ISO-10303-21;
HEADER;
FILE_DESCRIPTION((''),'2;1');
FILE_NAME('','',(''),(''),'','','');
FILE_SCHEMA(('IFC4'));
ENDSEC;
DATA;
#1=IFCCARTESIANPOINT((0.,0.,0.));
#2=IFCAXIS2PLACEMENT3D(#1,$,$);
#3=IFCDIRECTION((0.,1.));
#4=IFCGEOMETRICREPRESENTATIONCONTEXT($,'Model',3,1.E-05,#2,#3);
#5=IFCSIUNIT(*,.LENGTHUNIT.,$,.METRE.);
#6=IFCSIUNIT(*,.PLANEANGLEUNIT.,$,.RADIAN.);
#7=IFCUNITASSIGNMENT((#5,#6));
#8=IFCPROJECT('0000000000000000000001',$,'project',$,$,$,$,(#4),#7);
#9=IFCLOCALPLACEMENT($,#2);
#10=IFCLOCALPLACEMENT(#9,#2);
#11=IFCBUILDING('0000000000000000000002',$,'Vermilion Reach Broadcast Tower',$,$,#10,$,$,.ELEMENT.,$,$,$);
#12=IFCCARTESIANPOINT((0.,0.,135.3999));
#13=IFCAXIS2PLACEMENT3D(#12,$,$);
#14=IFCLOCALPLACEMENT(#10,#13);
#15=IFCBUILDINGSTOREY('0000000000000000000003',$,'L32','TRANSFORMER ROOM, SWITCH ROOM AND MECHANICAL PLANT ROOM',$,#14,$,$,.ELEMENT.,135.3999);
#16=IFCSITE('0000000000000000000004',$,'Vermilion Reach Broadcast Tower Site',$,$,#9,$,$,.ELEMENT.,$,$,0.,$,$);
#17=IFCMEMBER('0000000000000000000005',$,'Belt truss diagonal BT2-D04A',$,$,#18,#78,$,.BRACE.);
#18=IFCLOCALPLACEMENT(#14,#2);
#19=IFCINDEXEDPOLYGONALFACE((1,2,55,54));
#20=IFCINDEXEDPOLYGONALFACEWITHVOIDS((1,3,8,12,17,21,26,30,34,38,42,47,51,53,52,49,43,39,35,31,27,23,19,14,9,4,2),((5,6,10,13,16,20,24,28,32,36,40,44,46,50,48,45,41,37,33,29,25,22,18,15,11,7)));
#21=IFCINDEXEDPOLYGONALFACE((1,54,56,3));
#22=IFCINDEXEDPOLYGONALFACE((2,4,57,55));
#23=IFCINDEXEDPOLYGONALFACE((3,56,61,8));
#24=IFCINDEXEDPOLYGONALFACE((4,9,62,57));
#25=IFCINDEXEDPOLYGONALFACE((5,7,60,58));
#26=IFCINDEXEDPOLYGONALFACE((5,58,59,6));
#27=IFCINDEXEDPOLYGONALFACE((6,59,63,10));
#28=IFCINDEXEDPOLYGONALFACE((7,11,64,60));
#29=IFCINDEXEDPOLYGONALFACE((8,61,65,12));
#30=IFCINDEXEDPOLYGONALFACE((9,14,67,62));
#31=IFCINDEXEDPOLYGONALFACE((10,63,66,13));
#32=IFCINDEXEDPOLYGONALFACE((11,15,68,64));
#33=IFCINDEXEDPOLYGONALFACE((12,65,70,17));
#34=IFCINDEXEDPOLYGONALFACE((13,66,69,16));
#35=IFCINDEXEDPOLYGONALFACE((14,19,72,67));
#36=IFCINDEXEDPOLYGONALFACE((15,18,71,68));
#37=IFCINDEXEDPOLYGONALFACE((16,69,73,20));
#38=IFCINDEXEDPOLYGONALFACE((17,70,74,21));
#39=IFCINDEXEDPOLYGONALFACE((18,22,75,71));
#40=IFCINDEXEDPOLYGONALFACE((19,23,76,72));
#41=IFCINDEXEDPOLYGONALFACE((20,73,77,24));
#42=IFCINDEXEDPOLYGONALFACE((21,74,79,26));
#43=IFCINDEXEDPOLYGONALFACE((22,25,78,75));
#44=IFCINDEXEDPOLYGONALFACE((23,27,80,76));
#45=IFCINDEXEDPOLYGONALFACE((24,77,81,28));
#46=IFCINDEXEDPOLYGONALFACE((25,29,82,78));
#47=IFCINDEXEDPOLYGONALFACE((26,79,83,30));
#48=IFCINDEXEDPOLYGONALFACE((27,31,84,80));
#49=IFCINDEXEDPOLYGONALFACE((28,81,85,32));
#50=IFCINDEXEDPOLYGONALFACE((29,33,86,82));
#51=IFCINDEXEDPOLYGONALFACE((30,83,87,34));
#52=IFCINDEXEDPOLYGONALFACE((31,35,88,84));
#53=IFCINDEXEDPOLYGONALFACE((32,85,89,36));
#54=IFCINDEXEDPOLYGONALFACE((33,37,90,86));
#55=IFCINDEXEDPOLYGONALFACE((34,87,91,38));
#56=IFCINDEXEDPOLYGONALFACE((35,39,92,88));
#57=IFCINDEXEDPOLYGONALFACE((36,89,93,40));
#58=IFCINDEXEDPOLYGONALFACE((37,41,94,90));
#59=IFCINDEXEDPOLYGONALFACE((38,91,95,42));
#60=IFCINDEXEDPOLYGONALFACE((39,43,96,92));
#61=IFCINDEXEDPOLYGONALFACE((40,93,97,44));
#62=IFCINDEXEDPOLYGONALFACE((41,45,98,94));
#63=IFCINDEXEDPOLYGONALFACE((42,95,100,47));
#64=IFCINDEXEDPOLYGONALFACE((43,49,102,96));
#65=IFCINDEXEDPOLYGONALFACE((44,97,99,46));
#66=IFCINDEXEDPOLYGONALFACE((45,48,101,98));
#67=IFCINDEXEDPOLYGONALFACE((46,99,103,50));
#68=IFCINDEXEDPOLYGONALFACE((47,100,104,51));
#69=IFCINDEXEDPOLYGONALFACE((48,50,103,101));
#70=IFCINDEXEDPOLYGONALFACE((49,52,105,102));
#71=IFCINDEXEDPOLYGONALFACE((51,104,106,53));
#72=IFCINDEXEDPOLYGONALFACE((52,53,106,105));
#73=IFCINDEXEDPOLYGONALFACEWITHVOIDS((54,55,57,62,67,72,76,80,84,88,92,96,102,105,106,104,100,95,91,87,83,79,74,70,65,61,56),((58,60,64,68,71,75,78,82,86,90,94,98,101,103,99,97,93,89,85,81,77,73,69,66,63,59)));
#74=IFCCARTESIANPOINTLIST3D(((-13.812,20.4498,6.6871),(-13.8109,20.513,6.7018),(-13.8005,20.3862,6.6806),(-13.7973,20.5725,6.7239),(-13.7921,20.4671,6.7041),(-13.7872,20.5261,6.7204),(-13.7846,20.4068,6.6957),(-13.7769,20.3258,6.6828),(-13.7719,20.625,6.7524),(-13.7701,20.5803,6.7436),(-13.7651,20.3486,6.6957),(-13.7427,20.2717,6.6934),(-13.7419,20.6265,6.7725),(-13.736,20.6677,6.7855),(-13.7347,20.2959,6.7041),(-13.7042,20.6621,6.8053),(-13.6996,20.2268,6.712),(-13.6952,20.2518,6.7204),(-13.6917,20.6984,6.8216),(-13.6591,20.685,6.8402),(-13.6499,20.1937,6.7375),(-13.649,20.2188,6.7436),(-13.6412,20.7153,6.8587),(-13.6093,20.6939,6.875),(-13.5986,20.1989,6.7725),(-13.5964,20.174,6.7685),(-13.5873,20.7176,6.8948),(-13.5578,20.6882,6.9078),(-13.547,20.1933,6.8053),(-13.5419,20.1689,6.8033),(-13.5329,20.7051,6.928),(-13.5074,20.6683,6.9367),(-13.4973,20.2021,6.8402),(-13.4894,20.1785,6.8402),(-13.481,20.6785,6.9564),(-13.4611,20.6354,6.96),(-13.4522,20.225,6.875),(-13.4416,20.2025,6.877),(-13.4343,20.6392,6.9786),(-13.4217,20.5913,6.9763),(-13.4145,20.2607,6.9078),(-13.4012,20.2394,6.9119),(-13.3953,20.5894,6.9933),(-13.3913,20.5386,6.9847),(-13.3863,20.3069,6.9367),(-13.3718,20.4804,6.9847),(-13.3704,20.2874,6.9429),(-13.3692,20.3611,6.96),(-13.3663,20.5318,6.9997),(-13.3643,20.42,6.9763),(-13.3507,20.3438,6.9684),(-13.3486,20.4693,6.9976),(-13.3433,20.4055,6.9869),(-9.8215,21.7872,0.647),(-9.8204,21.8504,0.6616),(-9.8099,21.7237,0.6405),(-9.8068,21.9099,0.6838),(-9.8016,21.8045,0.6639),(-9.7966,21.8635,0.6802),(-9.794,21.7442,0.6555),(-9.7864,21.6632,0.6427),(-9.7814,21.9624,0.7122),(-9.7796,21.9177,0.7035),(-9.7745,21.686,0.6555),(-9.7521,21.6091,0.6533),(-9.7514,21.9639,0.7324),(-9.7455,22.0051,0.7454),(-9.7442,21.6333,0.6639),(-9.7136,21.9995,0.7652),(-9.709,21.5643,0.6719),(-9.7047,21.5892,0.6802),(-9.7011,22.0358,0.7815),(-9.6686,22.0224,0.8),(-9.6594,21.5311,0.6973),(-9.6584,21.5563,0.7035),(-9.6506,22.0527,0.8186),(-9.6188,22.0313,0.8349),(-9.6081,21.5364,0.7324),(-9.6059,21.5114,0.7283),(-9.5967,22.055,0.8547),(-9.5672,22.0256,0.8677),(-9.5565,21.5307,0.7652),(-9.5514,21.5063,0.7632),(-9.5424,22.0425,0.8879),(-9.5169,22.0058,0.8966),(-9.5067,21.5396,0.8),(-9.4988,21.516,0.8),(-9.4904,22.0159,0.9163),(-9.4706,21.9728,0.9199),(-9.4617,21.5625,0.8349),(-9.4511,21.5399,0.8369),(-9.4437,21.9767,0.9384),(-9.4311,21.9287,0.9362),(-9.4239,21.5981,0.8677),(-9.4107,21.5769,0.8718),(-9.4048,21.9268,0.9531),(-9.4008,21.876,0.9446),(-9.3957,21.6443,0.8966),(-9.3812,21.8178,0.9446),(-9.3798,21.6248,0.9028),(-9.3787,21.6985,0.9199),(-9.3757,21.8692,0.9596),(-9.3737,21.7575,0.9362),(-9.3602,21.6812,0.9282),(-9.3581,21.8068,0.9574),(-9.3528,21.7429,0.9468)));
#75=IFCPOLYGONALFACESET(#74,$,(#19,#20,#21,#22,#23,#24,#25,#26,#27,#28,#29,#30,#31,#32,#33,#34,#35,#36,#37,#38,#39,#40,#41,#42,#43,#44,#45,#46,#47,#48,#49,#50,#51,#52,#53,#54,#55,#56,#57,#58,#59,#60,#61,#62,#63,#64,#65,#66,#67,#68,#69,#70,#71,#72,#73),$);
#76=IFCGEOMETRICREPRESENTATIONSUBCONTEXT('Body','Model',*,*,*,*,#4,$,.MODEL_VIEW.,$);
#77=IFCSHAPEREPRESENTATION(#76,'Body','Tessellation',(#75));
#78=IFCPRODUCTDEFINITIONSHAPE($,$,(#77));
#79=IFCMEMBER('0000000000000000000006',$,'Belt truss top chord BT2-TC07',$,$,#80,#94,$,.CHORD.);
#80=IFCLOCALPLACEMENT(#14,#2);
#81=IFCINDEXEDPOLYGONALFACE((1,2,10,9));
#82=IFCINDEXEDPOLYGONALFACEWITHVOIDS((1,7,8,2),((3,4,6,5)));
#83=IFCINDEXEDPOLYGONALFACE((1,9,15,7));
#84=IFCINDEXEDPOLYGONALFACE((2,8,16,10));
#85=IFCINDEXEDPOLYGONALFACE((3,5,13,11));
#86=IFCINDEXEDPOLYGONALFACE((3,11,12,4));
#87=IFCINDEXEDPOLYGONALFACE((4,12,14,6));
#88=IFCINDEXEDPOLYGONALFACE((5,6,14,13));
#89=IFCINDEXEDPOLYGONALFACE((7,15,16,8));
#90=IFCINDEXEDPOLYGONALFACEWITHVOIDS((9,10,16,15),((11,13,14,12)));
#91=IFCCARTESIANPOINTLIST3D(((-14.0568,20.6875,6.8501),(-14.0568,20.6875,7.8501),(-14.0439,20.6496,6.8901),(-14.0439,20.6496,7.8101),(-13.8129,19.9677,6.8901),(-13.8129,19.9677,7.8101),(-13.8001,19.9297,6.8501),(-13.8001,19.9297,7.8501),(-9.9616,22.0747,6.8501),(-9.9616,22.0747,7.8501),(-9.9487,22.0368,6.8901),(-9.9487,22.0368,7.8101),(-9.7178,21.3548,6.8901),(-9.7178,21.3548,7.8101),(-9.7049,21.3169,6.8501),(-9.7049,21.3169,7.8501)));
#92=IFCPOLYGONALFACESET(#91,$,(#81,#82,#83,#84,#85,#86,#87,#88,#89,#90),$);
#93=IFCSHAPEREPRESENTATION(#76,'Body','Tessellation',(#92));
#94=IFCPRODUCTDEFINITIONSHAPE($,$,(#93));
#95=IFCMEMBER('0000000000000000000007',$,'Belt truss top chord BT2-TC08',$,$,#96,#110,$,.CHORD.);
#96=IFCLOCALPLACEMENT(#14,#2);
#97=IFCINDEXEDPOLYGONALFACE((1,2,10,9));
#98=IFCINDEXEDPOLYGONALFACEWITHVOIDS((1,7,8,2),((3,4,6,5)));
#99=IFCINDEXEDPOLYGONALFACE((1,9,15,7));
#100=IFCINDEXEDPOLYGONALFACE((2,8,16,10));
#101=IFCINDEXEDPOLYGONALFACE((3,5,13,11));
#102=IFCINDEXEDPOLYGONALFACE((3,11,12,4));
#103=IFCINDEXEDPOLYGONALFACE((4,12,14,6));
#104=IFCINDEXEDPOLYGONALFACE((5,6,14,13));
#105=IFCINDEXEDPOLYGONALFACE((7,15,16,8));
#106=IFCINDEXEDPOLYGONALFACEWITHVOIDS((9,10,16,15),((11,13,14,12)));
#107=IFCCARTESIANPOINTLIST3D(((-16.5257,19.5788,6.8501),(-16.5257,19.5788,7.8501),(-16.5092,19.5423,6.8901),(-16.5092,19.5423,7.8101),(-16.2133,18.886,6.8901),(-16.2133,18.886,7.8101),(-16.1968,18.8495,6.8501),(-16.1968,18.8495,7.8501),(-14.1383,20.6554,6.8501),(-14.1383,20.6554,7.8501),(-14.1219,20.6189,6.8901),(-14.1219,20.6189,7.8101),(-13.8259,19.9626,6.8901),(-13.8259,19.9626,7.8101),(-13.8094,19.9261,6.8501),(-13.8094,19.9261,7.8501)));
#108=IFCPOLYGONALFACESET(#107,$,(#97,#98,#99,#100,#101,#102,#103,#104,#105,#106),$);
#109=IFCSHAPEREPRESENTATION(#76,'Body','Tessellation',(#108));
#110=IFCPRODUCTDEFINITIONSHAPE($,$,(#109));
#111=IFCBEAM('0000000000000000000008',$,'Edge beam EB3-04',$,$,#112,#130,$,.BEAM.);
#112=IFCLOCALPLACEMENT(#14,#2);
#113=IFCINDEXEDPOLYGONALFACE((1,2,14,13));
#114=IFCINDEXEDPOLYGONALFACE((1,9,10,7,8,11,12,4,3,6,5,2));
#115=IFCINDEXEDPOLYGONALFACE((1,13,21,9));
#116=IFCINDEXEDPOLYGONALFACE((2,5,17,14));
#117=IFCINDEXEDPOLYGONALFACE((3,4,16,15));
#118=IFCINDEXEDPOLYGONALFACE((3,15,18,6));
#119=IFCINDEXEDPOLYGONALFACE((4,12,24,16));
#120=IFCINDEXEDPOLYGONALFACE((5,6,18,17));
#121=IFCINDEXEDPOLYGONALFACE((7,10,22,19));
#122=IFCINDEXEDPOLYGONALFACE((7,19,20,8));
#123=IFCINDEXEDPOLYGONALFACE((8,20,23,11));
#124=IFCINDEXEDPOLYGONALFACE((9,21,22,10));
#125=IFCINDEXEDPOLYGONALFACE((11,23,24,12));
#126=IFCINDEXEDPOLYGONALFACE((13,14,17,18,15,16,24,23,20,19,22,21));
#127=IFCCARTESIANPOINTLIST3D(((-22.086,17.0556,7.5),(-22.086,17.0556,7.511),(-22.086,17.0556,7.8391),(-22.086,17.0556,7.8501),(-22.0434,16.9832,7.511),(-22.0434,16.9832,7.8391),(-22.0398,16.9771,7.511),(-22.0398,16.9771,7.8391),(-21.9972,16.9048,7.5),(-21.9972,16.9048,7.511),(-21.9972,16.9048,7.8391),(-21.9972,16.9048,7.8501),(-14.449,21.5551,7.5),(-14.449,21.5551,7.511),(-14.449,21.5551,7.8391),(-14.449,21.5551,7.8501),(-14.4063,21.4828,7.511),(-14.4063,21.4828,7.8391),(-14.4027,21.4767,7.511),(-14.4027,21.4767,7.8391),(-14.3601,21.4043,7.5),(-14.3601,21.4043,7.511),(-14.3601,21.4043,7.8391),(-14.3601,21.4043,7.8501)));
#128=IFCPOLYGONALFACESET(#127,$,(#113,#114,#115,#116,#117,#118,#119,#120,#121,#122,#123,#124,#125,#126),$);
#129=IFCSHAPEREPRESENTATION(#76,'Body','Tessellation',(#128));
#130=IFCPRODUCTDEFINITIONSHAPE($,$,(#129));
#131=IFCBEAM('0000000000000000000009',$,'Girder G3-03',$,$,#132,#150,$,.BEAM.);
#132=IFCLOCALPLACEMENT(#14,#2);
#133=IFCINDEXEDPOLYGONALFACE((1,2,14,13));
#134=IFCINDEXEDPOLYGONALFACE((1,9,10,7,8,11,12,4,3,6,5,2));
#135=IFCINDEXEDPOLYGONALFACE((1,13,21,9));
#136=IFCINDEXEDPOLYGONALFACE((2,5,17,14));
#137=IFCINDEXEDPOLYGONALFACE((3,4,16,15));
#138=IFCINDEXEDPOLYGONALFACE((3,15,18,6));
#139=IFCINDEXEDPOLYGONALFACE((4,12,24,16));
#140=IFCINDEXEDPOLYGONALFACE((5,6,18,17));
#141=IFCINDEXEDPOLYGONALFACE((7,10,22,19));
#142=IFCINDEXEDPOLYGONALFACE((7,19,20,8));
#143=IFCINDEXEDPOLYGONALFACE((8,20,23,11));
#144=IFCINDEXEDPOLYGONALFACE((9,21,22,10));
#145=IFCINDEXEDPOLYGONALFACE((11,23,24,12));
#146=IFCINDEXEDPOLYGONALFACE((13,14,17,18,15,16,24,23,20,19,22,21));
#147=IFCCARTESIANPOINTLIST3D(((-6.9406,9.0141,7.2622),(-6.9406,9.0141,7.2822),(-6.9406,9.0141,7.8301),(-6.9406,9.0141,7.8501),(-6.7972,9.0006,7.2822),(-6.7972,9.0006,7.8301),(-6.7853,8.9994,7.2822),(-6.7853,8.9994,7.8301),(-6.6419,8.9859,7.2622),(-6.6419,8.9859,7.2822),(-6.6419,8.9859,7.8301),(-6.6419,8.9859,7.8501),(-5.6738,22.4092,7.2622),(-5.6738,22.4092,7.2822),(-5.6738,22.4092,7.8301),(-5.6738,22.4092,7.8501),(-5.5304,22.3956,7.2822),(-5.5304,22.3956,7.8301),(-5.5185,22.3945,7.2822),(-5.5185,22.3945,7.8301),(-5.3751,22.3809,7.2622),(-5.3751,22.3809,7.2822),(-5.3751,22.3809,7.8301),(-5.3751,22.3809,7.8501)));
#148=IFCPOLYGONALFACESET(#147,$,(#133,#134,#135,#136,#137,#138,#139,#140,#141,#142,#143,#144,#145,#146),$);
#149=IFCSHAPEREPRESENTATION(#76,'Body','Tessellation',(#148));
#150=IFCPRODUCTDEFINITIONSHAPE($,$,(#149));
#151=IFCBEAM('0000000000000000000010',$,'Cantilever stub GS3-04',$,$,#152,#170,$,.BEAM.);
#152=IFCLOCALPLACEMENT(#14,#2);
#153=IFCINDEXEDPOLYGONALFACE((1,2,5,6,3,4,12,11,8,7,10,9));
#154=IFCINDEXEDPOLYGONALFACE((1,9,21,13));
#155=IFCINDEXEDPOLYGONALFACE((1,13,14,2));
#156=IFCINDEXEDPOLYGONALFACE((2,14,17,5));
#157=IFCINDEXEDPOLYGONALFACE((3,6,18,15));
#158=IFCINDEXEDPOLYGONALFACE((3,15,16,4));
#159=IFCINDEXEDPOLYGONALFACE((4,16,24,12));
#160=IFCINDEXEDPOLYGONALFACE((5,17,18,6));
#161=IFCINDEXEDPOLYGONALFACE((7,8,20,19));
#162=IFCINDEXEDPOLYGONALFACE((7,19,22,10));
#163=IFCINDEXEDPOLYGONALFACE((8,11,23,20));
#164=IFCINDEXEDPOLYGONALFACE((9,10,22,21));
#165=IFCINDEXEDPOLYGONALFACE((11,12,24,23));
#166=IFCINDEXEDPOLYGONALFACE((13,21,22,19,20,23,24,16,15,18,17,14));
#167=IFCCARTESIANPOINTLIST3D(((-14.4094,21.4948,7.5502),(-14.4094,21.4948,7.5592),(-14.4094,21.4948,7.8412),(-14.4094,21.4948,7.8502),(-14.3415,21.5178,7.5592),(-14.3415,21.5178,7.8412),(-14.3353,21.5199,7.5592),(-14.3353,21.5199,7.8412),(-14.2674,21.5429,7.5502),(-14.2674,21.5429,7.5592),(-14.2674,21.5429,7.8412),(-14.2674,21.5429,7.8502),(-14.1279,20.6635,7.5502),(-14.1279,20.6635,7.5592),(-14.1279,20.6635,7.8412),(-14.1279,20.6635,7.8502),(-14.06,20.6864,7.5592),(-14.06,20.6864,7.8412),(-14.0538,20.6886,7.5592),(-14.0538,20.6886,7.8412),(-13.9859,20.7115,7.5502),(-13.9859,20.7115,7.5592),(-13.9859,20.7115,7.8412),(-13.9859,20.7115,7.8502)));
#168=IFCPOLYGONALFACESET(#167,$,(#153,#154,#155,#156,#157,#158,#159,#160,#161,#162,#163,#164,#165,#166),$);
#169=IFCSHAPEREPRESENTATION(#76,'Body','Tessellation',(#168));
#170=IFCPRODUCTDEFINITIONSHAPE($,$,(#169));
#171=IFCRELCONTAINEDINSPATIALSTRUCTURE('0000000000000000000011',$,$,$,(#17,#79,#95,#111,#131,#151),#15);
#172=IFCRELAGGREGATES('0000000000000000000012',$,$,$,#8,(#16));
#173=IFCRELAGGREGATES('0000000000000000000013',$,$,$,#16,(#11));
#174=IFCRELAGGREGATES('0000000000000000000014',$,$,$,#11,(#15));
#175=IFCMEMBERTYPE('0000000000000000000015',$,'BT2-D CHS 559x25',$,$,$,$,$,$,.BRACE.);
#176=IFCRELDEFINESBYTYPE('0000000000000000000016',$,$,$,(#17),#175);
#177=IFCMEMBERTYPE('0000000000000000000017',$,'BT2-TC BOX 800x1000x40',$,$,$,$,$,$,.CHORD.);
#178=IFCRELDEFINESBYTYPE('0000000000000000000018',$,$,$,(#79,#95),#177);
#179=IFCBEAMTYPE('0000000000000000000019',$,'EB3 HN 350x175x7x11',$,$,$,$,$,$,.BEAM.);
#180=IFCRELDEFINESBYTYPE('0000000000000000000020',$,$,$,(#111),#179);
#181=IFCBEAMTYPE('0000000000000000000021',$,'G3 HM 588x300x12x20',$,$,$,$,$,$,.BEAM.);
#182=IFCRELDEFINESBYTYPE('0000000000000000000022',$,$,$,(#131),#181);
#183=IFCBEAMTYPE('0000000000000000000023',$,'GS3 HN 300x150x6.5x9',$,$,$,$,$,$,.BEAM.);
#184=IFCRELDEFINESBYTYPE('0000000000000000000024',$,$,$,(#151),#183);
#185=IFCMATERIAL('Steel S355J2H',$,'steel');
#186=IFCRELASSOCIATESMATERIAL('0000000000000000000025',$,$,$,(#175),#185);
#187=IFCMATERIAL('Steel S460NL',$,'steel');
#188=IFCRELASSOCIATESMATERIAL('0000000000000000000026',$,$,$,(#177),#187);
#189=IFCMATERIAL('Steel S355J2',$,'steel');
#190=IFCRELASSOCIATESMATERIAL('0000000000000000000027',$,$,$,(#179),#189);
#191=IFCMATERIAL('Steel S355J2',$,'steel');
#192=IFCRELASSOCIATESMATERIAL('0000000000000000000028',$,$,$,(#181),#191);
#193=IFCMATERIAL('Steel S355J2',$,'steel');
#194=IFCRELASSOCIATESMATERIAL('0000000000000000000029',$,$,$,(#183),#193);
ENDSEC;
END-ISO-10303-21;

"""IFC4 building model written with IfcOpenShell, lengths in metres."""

from ifc_helpers import new_model, si_unit, direction, frame, origin, origin_2d, place, context, subcontext, project, spatial, hollow_rectangle, hollow_circle, i_section, extrude, material, material_profile, profile_set, type_object, element, save


model = new_model("IFC4")

# Units and contexts
model_context = context("Model", 3, precision=1e-05, world=origin(), true_north=direction((0.0, 1.0)))
body_context = subcontext(model_context, "Body", "Model", "MODEL_VIEW")
ifc_project = project(units=[si_unit("LENGTHUNIT", "METRE"), si_unit("PLANEANGLEUNIT", "RADIAN")], contexts=[model_context])

# Site, building, storey
site_placement = place(None, origin())
site = spatial("IfcSite", under=ifc_project, at=site_placement, Name="Vermilion Reach Broadcast Tower Site", CompositionType="ELEMENT", RefElevation=0.0)
building_placement = place(site_placement, origin())
building = spatial("IfcBuilding", under=site, at=building_placement, Name="Vermilion Reach Broadcast Tower", CompositionType="ELEMENT")
storey_placement = place(building_placement, frame((0.0, 0.0, 135.3999)))
storey = spatial("IfcBuildingStorey", under=building, at=storey_placement, Name="L32", Description="TRANSFORMER ROOM, SWITCH ROOM AND MECHANICAL PLANT ROOM", CompositionType="ELEMENT", Elevation=135.3999)

# Members
ifc_material_1 = material(Name="Steel S355J2H", Category="steel")
ifc_material_profile_1 = material_profile(ifc_material_1, hollow_circle(Radius=0.2795, WallThickness=0.0249, at=origin_2d()), Name="S355J2H CHS 559x25")
ifc_profile_set_1 = profile_set([ifc_material_profile_1], Name="Steel S355J2H")
member_type_1 = type_object("IfcMemberType", Name="BT2-D CHS 559x25", PredefinedType="BRACE", material=ifc_profile_set_1)
member_1_placement = place(storey_placement, frame((-9.5876, 21.781, 0.8), z_axis=(-0.542059, -0.18167, 0.820468), x_axis=(0.317776, -0.948166, 0.0)))
element("IfcMember", 1, at=member_1_placement, inside=storey, type_object=member_type_1, Name="Belt truss diagonal BT2-D04A", PredefinedType="BRACE", context=body_context, shape_type="SweptSolid", body=[
    extrude(hollow_circle(Radius=0.2795, WallThickness=0.0249, at=origin_2d()), origin(), (0.0, 0.0, 1.0), 7.3618),
])
ifc_material_2 = material(Name="Steel S460NL", Category="steel")
ifc_material_profile_2 = material_profile(ifc_material_2, hollow_rectangle(XDim=0.8, YDim=1.0, WallThickness=0.04, at=origin_2d()), Name="S460NL BOX 800x1000x40")
ifc_profile_set_2 = profile_set([ifc_material_profile_2], Name="Steel S460NL")
member_type_2 = type_object("IfcMemberType", Name="BT2-TC BOX 800x1000x40", PredefinedType="CHORD", material=ifc_profile_set_2)
member_2_placement = place(storey_placement, frame((-9.8333, 21.6958, 7.3501), z_axis=(-0.947136, -0.320832, 0.0), x_axis=(0.320832, -0.947136, 0.0)))
element("IfcMember", 2, at=member_2_placement, inside=storey, type_object=member_type_2, Name="Belt truss top chord BT2-TC07", PredefinedType="CHORD", context=body_context, shape_type="SweptSolid", body=[
    extrude(hollow_rectangle(XDim=0.8, YDim=1.0, WallThickness=0.04, at=origin_2d()), origin(), (0.0, 0.0, 1.0), 4.3237),
])
member_3_placement = place(storey_placement, frame((-13.9739, 20.2908, 7.3501), z_axis=(-0.911592, -0.411097, 0.0), x_axis=(0.411097, -0.911592, 0.0)))
element("IfcMember", 3, at=member_3_placement, inside=storey, type_object=member_type_2, Name="Belt truss top chord BT2-TC08", PredefinedType="CHORD", context=body_context, shape_type="SweptSolid", body=[
    extrude(hollow_rectangle(XDim=0.8, YDim=1.0, WallThickness=0.04, at=origin_2d()), origin(), (0.0, 0.0, 1.0), 2.6189),
])

# Beams
ifc_material_3 = material(Name="Steel S355J2", Category="steel")
ifc_material_profile_3 = material_profile(ifc_material_3, i_section(OverallWidth=0.175, OverallDepth=0.3501, WebThickness=0.0071, FlangeThickness=0.011, at=origin_2d()), Name="S355J2 HN 350x175x7x11")
ifc_profile_set_3 = profile_set([ifc_material_profile_3], Name="Steel S355J2")
beam_type_1 = type_object("IfcBeamType", Name="EB3 HN 350x175x7x11", PredefinedType="BEAM", material=ifc_profile_set_3)
beam_1_placement = place(storey_placement, frame((-14.4045, 21.4797, 7.675), z_axis=(-0.86158, -0.507622, 0.0), x_axis=(0.507622, -0.86158, 0.0)))
element("IfcBeam", 4, at=beam_1_placement, inside=storey, type_object=beam_type_1, Name="Edge beam EB3-04", PredefinedType="BEAM", context=body_context, shape_type="SweptSolid", body=[
    extrude(i_section(OverallWidth=0.175, OverallDepth=0.3501, WebThickness=0.0071, FlangeThickness=0.011, at=origin_2d()), origin(), (0.0, 0.0, 1.0), 8.864),
])
ifc_material_4 = material(Name="Steel S355J2", Category="steel")
ifc_material_profile_4 = material_profile(ifc_material_4, i_section(OverallWidth=0.3, OverallDepth=0.5879, WebThickness=0.012, FlangeThickness=0.02, at=origin_2d()), Name="S355J2 HM 588x300x12x20")
ifc_profile_set_4 = profile_set([ifc_material_profile_4], Name="Steel S355J2")
beam_type_2 = type_object("IfcBeamType", Name="G3 HM 588x300x12x20", PredefinedType="BEAM", material=ifc_profile_set_4)
beam_2_placement = place(storey_placement, frame((-6.7913, 9.0, 7.5562), z_axis=(0.094156, 0.995557, 0.0), x_axis=(-0.995557, 0.094156, 0.0)))
element("IfcBeam", 5, at=beam_2_placement, inside=storey, type_object=beam_type_2, Name="Girder G3-03", PredefinedType="BEAM", context=body_context, shape_type="SweptSolid", body=[
    extrude(i_section(OverallWidth=0.3, OverallDepth=0.5879, WebThickness=0.012, FlangeThickness=0.02, at=origin_2d()), origin(), (0.0, 0.0, 1.0), 13.4548),
])
ifc_material_5 = material(Name="Steel S355J2", Category="steel")
ifc_material_profile_5 = material_profile(ifc_material_5, i_section(OverallWidth=0.1499, OverallDepth=0.3, WebThickness=0.0066, FlangeThickness=0.009, at=origin_2d()), Name="S355J2 HN 300x150x6.5x9")
ifc_profile_set_5 = profile_set([ifc_material_profile_5], Name="Steel S355J2")
beam_type_3 = type_object("IfcBeamType", Name="GS3 HN 300x150x6.5x9", PredefinedType="BEAM", material=ifc_profile_set_5)
beam_3_placement = place(storey_placement, frame((-14.0569, 20.6875, 7.7002), z_axis=(-0.320731, 0.94717, 0.0), x_axis=(-0.94717, -0.320731, 0.0)))
element("IfcBeam", 6, at=beam_3_placement, inside=storey, type_object=beam_type_3, Name="Cantilever stub GS3-04", PredefinedType="BEAM", context=body_context, shape_type="SweptSolid", body=[
    extrude(i_section(OverallWidth=0.1499, OverallDepth=0.3, WebThickness=0.0066, FlangeThickness=0.009, at=origin_2d()), origin(), (0.0, 0.0, 1.0), 0.8777),
])

save(model, "model.ifc")
